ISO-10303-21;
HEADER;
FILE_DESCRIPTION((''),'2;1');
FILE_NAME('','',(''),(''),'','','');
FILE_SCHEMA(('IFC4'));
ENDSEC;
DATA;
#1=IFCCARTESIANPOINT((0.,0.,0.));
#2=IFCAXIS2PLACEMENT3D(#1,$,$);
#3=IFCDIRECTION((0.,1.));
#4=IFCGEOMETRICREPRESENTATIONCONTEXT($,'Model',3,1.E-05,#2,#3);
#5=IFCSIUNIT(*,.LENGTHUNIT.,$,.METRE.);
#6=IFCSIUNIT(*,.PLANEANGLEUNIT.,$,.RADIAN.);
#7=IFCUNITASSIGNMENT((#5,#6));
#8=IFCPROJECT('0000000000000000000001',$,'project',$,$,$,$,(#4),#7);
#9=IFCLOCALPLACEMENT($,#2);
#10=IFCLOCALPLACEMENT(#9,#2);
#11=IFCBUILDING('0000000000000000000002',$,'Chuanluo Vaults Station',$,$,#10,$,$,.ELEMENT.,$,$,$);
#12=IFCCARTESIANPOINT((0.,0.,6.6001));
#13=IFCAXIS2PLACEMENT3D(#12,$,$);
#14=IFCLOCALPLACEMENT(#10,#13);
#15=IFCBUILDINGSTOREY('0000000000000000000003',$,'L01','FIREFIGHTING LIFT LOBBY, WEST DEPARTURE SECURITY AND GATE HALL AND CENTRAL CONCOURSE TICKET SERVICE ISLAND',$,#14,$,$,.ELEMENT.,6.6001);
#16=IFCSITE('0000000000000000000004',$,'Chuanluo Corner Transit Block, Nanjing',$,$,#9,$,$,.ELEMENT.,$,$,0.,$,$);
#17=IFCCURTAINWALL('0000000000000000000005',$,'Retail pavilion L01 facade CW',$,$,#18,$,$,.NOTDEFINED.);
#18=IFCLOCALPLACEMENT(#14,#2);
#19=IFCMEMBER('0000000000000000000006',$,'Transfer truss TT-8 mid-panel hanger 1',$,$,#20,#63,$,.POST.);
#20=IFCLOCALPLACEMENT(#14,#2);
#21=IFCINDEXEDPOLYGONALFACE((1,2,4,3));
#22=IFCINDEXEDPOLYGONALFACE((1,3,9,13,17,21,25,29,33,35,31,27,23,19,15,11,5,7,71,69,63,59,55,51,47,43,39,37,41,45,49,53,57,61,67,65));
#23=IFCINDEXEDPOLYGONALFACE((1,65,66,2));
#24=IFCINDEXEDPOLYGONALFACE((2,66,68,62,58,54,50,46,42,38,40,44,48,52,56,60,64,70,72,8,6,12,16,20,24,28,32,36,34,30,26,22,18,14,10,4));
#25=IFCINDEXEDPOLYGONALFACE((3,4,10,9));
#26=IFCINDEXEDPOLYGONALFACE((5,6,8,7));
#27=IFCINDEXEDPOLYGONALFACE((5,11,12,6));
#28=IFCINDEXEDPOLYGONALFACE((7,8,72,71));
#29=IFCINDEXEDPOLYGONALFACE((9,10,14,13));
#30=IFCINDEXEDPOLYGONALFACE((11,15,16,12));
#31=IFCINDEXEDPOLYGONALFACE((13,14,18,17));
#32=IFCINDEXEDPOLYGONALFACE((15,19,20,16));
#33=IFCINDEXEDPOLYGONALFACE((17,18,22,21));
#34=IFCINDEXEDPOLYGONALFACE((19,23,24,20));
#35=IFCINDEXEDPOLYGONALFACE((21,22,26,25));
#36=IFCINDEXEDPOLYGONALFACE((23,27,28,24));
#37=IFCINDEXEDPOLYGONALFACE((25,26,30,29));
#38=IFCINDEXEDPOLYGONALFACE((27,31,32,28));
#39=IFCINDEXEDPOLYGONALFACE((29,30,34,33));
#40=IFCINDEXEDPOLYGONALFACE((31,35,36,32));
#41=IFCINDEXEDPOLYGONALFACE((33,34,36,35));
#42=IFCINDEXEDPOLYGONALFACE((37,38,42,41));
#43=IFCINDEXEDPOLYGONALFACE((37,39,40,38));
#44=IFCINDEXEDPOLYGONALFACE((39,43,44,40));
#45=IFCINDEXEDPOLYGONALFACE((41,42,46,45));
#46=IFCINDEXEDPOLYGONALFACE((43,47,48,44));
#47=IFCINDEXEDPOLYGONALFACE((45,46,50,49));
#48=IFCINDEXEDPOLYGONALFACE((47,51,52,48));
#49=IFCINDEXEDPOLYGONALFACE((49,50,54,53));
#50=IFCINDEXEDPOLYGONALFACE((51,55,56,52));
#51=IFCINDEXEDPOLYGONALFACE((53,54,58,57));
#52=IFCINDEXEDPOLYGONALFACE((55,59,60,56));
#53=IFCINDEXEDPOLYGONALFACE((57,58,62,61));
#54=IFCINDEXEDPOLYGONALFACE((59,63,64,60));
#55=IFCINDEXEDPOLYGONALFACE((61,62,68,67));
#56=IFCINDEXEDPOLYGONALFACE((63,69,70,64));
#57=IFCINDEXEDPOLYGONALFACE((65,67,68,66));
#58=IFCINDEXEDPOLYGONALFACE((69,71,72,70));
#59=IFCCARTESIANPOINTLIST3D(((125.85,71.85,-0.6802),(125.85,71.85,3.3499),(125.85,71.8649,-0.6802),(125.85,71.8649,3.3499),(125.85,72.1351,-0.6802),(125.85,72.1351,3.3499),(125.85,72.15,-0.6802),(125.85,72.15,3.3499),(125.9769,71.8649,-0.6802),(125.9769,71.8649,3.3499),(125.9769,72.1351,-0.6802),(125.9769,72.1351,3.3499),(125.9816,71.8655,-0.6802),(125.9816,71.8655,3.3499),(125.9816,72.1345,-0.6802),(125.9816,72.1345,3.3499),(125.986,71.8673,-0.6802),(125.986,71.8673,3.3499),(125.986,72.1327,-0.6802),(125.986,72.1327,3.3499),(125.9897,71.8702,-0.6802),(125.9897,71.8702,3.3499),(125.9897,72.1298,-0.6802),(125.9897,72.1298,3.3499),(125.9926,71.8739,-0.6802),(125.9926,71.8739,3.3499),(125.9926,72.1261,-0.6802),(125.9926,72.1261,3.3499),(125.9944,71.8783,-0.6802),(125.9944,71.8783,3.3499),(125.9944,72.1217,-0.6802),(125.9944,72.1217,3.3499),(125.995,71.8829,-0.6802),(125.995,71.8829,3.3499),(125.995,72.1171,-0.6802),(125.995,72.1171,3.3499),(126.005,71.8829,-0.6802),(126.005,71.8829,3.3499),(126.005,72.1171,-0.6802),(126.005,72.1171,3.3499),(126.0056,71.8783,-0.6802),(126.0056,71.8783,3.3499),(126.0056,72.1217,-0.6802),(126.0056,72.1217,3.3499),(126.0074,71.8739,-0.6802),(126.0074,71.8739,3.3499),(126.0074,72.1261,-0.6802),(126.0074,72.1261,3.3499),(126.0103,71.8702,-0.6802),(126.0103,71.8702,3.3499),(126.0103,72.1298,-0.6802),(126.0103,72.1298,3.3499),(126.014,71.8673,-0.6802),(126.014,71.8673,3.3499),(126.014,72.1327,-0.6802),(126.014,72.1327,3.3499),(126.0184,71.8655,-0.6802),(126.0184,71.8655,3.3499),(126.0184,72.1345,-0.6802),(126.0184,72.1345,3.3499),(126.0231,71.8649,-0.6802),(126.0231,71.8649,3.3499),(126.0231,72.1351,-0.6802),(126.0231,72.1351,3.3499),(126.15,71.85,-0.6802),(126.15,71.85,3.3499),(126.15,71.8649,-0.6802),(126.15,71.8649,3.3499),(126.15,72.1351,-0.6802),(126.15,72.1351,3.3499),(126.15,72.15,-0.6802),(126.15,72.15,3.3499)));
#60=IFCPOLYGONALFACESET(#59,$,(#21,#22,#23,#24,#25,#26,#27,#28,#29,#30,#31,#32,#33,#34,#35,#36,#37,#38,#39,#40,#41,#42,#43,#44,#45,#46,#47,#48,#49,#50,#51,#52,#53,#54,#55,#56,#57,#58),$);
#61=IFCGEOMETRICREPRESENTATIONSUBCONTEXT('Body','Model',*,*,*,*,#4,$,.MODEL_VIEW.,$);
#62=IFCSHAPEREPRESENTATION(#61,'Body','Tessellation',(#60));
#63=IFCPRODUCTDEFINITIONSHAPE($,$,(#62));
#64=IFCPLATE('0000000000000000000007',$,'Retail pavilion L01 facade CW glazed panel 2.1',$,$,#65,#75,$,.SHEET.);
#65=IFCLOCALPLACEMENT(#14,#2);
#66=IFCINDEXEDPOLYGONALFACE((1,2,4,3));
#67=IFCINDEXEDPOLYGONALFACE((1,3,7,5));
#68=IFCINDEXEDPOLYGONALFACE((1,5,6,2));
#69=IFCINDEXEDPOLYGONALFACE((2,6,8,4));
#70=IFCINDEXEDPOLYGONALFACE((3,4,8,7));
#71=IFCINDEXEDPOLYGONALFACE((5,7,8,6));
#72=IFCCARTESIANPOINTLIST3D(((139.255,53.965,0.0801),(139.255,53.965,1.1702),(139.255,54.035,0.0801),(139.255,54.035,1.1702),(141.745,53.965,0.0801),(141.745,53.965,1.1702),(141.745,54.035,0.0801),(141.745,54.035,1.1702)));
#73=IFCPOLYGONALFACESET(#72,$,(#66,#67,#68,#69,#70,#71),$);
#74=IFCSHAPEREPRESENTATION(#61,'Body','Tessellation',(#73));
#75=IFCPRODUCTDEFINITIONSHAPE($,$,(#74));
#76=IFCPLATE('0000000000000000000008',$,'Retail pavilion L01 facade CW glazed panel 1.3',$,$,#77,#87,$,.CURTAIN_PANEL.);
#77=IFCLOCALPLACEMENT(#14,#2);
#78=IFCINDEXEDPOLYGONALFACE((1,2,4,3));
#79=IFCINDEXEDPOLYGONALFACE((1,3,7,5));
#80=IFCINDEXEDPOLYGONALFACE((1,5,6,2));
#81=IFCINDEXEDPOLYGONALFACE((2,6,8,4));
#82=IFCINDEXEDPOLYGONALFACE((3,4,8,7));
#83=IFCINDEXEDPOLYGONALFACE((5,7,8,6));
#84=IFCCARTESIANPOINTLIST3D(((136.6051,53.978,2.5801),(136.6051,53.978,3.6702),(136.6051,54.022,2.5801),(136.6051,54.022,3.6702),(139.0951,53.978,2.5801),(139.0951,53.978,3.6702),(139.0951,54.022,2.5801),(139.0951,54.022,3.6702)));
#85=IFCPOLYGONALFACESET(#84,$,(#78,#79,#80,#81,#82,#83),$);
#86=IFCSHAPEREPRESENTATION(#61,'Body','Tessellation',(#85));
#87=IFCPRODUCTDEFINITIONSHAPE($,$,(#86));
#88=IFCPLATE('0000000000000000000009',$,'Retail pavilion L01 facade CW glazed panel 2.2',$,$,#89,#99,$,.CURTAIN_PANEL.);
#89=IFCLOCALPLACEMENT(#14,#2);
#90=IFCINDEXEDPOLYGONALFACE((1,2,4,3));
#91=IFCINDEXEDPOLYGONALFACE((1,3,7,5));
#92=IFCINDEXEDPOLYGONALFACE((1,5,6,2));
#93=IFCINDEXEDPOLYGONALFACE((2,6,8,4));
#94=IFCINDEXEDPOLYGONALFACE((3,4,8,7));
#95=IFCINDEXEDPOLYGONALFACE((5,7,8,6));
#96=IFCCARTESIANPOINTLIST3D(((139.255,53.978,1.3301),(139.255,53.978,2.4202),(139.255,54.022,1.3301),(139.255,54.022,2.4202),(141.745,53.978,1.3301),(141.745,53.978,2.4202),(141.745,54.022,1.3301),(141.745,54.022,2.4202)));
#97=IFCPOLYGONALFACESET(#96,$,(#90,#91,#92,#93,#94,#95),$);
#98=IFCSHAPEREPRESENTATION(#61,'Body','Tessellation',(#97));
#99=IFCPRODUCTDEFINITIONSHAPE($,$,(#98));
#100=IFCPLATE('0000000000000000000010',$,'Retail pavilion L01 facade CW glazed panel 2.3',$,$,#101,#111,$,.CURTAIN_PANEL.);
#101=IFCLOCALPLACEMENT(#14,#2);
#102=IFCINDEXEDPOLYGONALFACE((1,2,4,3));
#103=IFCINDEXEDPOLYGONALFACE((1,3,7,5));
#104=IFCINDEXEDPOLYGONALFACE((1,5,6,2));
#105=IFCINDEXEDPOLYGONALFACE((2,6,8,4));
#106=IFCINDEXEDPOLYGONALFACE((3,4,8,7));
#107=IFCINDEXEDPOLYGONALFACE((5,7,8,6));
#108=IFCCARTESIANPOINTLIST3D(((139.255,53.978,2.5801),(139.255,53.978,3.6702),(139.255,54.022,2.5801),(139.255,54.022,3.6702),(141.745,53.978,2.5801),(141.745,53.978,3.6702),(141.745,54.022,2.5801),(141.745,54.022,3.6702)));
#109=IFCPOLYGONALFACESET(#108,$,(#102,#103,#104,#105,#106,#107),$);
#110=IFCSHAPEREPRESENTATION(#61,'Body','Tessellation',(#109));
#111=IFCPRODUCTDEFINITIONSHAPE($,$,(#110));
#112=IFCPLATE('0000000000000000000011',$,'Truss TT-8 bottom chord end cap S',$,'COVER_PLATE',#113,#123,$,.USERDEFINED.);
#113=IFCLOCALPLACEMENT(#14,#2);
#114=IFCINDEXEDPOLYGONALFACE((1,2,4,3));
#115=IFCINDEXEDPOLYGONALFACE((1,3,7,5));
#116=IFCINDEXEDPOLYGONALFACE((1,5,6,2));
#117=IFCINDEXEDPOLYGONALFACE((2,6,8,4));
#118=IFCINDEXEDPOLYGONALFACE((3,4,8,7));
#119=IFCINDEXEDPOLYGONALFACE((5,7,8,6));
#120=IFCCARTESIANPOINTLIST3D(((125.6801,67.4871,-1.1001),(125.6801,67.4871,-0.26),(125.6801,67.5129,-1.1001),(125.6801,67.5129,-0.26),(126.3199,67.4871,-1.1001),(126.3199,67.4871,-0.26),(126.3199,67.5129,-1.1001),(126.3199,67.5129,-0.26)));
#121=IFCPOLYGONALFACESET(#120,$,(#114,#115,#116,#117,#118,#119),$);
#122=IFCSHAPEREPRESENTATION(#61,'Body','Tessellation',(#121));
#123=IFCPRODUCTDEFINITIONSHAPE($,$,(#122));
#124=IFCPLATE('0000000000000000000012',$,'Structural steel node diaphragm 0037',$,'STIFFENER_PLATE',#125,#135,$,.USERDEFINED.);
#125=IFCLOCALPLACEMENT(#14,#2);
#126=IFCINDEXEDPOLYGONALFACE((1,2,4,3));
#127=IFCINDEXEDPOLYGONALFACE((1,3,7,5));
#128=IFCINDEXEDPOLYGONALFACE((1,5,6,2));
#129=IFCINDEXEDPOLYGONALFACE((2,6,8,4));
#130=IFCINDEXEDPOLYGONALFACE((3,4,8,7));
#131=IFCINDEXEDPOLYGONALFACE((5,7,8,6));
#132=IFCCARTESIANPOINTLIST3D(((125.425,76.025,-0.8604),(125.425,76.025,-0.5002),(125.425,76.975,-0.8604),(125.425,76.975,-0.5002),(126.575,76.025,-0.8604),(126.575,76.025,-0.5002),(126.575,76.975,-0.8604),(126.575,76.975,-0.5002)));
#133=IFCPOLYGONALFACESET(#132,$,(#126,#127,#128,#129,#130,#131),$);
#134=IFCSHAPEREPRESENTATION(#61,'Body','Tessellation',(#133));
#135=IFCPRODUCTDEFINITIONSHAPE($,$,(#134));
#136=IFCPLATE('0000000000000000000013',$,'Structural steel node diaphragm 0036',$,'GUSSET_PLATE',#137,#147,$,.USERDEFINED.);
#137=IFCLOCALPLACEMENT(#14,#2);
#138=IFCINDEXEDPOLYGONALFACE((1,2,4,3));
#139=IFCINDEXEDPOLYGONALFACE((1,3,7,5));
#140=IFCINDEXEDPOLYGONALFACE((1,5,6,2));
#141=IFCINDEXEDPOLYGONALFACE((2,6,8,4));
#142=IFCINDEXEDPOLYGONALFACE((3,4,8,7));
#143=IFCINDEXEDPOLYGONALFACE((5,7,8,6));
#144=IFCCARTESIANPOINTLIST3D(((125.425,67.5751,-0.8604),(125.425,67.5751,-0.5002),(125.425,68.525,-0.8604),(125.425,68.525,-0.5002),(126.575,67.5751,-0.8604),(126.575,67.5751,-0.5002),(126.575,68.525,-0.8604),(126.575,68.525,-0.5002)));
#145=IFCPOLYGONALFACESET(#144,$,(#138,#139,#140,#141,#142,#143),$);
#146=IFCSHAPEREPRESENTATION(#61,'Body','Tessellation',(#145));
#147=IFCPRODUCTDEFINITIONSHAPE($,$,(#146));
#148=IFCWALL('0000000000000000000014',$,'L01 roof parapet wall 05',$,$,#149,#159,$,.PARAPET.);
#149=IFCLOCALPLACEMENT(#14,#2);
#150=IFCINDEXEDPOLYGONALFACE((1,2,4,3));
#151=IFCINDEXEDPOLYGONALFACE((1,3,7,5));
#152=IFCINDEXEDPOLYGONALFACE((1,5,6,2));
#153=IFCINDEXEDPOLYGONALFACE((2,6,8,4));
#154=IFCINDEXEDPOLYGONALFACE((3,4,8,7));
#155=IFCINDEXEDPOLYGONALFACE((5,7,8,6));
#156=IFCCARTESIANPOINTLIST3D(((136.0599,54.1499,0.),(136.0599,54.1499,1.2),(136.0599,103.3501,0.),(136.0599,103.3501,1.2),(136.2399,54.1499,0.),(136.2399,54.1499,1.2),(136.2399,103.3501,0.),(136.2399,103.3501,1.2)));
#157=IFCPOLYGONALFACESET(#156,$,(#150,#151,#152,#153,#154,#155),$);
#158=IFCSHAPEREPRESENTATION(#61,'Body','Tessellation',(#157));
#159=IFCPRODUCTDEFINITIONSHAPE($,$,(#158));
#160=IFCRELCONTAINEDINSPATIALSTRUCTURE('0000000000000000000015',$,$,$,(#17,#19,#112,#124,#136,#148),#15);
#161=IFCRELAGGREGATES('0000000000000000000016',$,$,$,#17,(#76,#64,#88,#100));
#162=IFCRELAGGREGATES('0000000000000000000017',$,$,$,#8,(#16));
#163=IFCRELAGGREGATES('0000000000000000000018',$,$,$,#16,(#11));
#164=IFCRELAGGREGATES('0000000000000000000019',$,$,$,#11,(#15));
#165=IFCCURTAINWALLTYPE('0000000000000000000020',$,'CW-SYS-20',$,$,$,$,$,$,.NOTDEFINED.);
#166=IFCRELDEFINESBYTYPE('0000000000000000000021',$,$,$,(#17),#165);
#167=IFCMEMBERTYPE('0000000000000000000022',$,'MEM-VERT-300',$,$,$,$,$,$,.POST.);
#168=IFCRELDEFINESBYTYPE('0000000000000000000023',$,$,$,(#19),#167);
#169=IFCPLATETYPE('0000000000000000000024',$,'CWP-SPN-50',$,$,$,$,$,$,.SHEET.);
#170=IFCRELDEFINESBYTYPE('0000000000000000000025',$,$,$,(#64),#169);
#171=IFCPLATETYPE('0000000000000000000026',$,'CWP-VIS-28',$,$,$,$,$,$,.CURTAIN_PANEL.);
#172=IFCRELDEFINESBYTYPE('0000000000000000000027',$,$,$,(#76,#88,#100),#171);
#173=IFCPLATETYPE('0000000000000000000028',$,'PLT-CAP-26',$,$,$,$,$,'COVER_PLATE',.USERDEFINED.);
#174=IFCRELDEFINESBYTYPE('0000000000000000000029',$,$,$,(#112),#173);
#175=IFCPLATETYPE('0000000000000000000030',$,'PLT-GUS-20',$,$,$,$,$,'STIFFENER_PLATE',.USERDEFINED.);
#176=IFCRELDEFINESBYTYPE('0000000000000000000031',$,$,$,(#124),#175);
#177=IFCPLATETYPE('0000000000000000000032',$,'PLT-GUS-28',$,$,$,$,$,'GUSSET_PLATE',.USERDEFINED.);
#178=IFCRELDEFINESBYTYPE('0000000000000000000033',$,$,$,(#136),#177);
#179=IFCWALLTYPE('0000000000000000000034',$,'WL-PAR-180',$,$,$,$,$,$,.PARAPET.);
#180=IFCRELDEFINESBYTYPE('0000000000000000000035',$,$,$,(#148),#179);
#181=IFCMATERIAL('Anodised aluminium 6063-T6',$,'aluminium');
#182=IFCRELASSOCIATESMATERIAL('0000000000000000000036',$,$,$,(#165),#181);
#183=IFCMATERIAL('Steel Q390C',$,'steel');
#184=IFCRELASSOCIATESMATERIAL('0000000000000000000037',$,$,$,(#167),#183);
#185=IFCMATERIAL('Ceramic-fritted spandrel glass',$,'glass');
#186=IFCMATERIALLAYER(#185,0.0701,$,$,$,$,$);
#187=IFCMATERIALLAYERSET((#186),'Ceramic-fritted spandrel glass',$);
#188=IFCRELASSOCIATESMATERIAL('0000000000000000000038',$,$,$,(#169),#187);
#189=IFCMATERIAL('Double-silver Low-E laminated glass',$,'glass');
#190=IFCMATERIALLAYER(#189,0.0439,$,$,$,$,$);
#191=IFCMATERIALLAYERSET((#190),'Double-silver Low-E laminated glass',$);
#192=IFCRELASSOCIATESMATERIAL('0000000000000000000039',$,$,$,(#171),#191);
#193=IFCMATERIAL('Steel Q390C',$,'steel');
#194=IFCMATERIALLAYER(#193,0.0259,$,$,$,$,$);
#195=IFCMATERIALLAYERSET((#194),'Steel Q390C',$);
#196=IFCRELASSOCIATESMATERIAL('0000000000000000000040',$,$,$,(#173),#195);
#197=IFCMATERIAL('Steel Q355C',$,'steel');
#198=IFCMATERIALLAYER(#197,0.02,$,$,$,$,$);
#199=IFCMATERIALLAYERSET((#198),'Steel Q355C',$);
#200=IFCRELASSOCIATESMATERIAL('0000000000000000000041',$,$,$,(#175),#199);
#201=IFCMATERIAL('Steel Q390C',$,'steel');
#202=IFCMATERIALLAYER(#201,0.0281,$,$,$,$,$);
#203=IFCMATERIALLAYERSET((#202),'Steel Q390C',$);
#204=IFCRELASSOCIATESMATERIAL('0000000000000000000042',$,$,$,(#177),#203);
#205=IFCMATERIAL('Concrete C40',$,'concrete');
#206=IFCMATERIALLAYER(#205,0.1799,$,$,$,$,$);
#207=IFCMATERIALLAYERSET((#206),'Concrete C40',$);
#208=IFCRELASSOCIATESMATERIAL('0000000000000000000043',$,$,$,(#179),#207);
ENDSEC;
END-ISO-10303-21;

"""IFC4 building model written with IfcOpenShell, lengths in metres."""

from ifc_helpers import new_model, si_unit, direction, frame, frame_2d, origin, origin_2d, place, context, subcontext, project, spatial, rectangle, i_section, extrude, material, layer, layer_set, material_profile, profile_set, type_object, element, aggregate, save


model = new_model("IFC4")

# Units and contexts
model_context = context("Model", 3, precision=1e-05, world=origin(), true_north=direction((0.0, 1.0)))
body_context = subcontext(model_context, "Body", "Model", "MODEL_VIEW")
ifc_project = project(units=[si_unit("LENGTHUNIT", "METRE"), si_unit("PLANEANGLEUNIT", "RADIAN")], contexts=[model_context])

# Site, building, storey
site_placement = place(None, origin())
site = spatial("IfcSite", under=ifc_project, at=site_placement, Name="Chuanluo Corner Transit Block, Nanjing", CompositionType="ELEMENT", RefElevation=0.0)
building_placement = place(site_placement, origin())
building = spatial("IfcBuilding", under=site, at=building_placement, Name="Chuanluo Vaults Station", CompositionType="ELEMENT")
storey_placement = place(building_placement, frame((0.0, 0.0, 6.6001)))
storey = spatial("IfcBuildingStorey", under=building, at=storey_placement, Name="L01", Description="FIREFIGHTING LIFT LOBBY, WEST DEPARTURE SECURITY AND GATE HALL AND CENTRAL CONCOURSE TICKET SERVICE ISLAND", CompositionType="ELEMENT", Elevation=6.6001)

# Curtain wall
ifc_material_1 = material(Name="Anodised aluminium 6063-T6", Category="aluminium")
curtain_wall_type = type_object("IfcCurtainWallType", Name="CW-SYS-20", PredefinedType="NOTDEFINED", material=ifc_material_1)
curtain_wall_placement = place(storey_placement, origin())
curtain_wall = element("IfcCurtainWall", 1, at=curtain_wall_placement, inside=storey, type_object=curtain_wall_type, Name="Retail pavilion L01 facade CW", PredefinedType="NOTDEFINED")

# Member
ifc_material_2 = material(Name="Steel Q390C", Category="steel")
ifc_material_profile_1 = material_profile(ifc_material_2, i_section(OverallWidth=0.3, OverallDepth=0.3, WebThickness=0.01, FlangeThickness=0.0149, FilletRadius=0.0181, at=origin_2d()))
ifc_profile_set_1 = profile_set([ifc_material_profile_1], Name="Steel Q390C")
member_type_1 = type_object("IfcMemberType", Name="MEM-VERT-300", PredefinedType="POST", material=ifc_profile_set_1)
member_1_placement = place(storey_placement, frame((126.0, 72.0, -0.6802), z_axis=(0.0, 0.0, 1.0), x_axis=(1.0, 0.0, 0.0)))
element("IfcMember", 2, at=member_1_placement, inside=storey, type_object=member_type_1, Name="Transfer truss TT-8 mid-panel hanger 1", PredefinedType="POST", context=body_context, shape_type="SweptSolid", body=[
    extrude(i_section(OverallWidth=0.3, OverallDepth=0.3, WebThickness=0.01, FlangeThickness=0.0149, FilletRadius=0.0181, at=origin_2d()), origin(), (0.0, 0.0, 1.0), 4.03),
])

# Plates
ifc_material_3 = material(Name="Ceramic-fritted spandrel glass", Category="glass")
ifc_layer_1 = layer(ifc_material_3, 0.0701)
ifc_layer_set_1 = layer_set([ifc_layer_1], Name="Ceramic-fritted spandrel glass")
plate_type_1 = type_object("IfcPlateType", Name="CWP-SPN-50", PredefinedType="SHEET", material=ifc_layer_set_1)
plate_1_placement = place(storey_placement, frame((140.5, 54.0, 0.0801), z_axis=(0.0, 0.0, 1.0), x_axis=(1.0, 0.0, 0.0)))
plate_1 = element("IfcPlate", 3, at=plate_1_placement, type_object=plate_type_1, Name="Retail pavilion L01 facade CW glazed panel 2.1", PredefinedType="SHEET", context=body_context, shape_type="SweptSolid", body=[
    extrude(rectangle(XDim=2.49, YDim=0.0701, at=origin_2d()), origin(), (0.0, 0.0, 1.0), 1.0901),
])
ifc_material_4 = material(Name="Double-silver Low-E laminated glass", Category="glass")
ifc_layer_2 = layer(ifc_material_4, 0.0439)
ifc_layer_set_2 = layer_set([ifc_layer_2], Name="Double-silver Low-E laminated glass")
plate_type_2 = type_object("IfcPlateType", Name="CWP-VIS-28", PredefinedType="CURTAIN_PANEL", material=ifc_layer_set_2)
plate_2_placement = place(storey_placement, frame((137.8501, 54.0, 2.5801), z_axis=(0.0, 0.0, 1.0), x_axis=(1.0, 0.0, 0.0)))
plate_2 = element("IfcPlate", 4, at=plate_2_placement, type_object=plate_type_2, Name="Retail pavilion L01 facade CW glazed panel 1.3", PredefinedType="CURTAIN_PANEL", context=body_context, shape_type="SweptSolid", body=[
    extrude(rectangle(XDim=2.49, YDim=0.0439, at=origin_2d()), origin(), (0.0, 0.0, 1.0), 1.0901),
])
plate_3_placement = place(storey_placement, frame((140.5, 54.0, 1.3301), z_axis=(0.0, 0.0, 1.0), x_axis=(1.0, 0.0, 0.0)))
plate_3 = element("IfcPlate", 5, at=plate_3_placement, type_object=plate_type_2, Name="Retail pavilion L01 facade CW glazed panel 2.2", PredefinedType="CURTAIN_PANEL", context=body_context, shape_type="SweptSolid", body=[
    extrude(rectangle(XDim=2.49, YDim=0.0439, at=origin_2d()), origin(), (0.0, 0.0, 1.0), 1.0901),
])
plate_4_placement = place(storey_placement, frame((140.5, 54.0, 2.5801), z_axis=(0.0, 0.0, 1.0), x_axis=(1.0, 0.0, 0.0)))
plate_4 = element("IfcPlate", 6, at=plate_4_placement, type_object=plate_type_2, Name="Retail pavilion L01 facade CW glazed panel 2.3", PredefinedType="CURTAIN_PANEL", context=body_context, shape_type="SweptSolid", body=[
    extrude(rectangle(XDim=2.49, YDim=0.0439, at=origin_2d()), origin(), (0.0, 0.0, 1.0), 1.0901),
])
aggregate(curtain_wall, [plate_2, plate_1, plate_3, plate_4])

# Plates
ifc_material_5 = material(Name="Steel Q390C", Category="steel")
ifc_layer_3 = layer(ifc_material_5, 0.0259)
ifc_layer_set_3 = layer_set([ifc_layer_3], Name="Steel Q390C")
plate_type_3 = type_object("IfcPlateType", Name="PLT-CAP-26", ElementType="COVER_PLATE", PredefinedType="USERDEFINED", material=ifc_layer_set_3)
plate_5_placement = place(storey_placement, frame((126.0, 67.5, -1.1001), z_axis=(0.0, 0.0, 1.0), x_axis=(1.0, 0.0, 0.0)))
element("IfcPlate", 7, at=plate_5_placement, inside=storey, type_object=plate_type_3, Name="Truss TT-8 bottom chord end cap S", ObjectType="COVER_PLATE", PredefinedType="USERDEFINED", context=body_context, shape_type="SweptSolid", body=[
    extrude(rectangle(XDim=0.6399, YDim=0.0259, at=origin_2d()), origin(), (0.0, 0.0, 1.0), 0.8401),
])
ifc_material_6 = material(Name="Steel Q355C", Category="steel")
ifc_layer_4 = layer(ifc_material_6, 0.02)
ifc_layer_set_4 = layer_set([ifc_layer_4], Name="Steel Q355C")
plate_type_4 = type_object("IfcPlateType", Name="PLT-GUS-20", ElementType="STIFFENER_PLATE", PredefinedType="USERDEFINED", material=ifc_layer_set_4)
plate_6_placement = place(storey_placement, frame((126.0, 76.5, -0.8604), z_axis=(0.0, 0.0, 1.0), x_axis=(1.0, 0.0, 0.0)))
element("IfcPlate", 8, at=plate_6_placement, inside=storey, type_object=plate_type_4, Name="Structural steel node diaphragm 0037", ObjectType="STIFFENER_PLATE", PredefinedType="USERDEFINED", context=body_context, shape_type="SweptSolid", body=[
    extrude(rectangle(XDim=1.1499, YDim=0.95, at=origin_2d()), origin(), (0.0, 0.0, 1.0), 0.3601),
])
ifc_material_7 = material(Name="Steel Q390C", Category="steel")
ifc_layer_5 = layer(ifc_material_7, 0.0281)
ifc_layer_set_5 = layer_set([ifc_layer_5], Name="Steel Q390C")
plate_type_5 = type_object("IfcPlateType", Name="PLT-GUS-28", ElementType="GUSSET_PLATE", PredefinedType="USERDEFINED", material=ifc_layer_set_5)
plate_7_placement = place(storey_placement, frame((126.0, 68.05, -0.8604), z_axis=(0.0, 0.0, 1.0), x_axis=(1.0, 0.0, 0.0)))
element("IfcPlate", 9, at=plate_7_placement, inside=storey, type_object=plate_type_5, Name="Structural steel node diaphragm 0036", ObjectType="GUSSET_PLATE", PredefinedType="USERDEFINED", context=body_context, shape_type="SweptSolid", body=[
    extrude(rectangle(XDim=1.1499, YDim=0.95, at=origin_2d()), origin(), (0.0, 0.0, 1.0), 0.3601),
])

# Wall
ifc_material_8 = material(Name="Concrete C40", Category="concrete")
ifc_layer_6 = layer(ifc_material_8, 0.1799)
ifc_layer_set_6 = layer_set([ifc_layer_6], Name="Concrete C40")
wall_type = type_object("IfcWallType", Name="WL-PAR-180", PredefinedType="PARAPET", material=ifc_layer_set_6)
wall_placement = place(storey_placement, frame((136.1499, 54.1499, 0.0), z_axis=(0.0, 0.0, 1.0), x_axis=(0.0, 1.0, 0.0)))
element("IfcWall", 10, at=wall_placement, inside=storey, type_object=wall_type, Name="L01 roof parapet wall 05", PredefinedType="PARAPET", context=body_context, shape_type="SweptSolid", body=[
    extrude(rectangle(XDim=49.2002, YDim=0.1799, at=frame_2d((24.6001, 0.0))), origin(), (0.0, 0.0, 1.0), 1.2),
])

save(model, "model.ifc")
